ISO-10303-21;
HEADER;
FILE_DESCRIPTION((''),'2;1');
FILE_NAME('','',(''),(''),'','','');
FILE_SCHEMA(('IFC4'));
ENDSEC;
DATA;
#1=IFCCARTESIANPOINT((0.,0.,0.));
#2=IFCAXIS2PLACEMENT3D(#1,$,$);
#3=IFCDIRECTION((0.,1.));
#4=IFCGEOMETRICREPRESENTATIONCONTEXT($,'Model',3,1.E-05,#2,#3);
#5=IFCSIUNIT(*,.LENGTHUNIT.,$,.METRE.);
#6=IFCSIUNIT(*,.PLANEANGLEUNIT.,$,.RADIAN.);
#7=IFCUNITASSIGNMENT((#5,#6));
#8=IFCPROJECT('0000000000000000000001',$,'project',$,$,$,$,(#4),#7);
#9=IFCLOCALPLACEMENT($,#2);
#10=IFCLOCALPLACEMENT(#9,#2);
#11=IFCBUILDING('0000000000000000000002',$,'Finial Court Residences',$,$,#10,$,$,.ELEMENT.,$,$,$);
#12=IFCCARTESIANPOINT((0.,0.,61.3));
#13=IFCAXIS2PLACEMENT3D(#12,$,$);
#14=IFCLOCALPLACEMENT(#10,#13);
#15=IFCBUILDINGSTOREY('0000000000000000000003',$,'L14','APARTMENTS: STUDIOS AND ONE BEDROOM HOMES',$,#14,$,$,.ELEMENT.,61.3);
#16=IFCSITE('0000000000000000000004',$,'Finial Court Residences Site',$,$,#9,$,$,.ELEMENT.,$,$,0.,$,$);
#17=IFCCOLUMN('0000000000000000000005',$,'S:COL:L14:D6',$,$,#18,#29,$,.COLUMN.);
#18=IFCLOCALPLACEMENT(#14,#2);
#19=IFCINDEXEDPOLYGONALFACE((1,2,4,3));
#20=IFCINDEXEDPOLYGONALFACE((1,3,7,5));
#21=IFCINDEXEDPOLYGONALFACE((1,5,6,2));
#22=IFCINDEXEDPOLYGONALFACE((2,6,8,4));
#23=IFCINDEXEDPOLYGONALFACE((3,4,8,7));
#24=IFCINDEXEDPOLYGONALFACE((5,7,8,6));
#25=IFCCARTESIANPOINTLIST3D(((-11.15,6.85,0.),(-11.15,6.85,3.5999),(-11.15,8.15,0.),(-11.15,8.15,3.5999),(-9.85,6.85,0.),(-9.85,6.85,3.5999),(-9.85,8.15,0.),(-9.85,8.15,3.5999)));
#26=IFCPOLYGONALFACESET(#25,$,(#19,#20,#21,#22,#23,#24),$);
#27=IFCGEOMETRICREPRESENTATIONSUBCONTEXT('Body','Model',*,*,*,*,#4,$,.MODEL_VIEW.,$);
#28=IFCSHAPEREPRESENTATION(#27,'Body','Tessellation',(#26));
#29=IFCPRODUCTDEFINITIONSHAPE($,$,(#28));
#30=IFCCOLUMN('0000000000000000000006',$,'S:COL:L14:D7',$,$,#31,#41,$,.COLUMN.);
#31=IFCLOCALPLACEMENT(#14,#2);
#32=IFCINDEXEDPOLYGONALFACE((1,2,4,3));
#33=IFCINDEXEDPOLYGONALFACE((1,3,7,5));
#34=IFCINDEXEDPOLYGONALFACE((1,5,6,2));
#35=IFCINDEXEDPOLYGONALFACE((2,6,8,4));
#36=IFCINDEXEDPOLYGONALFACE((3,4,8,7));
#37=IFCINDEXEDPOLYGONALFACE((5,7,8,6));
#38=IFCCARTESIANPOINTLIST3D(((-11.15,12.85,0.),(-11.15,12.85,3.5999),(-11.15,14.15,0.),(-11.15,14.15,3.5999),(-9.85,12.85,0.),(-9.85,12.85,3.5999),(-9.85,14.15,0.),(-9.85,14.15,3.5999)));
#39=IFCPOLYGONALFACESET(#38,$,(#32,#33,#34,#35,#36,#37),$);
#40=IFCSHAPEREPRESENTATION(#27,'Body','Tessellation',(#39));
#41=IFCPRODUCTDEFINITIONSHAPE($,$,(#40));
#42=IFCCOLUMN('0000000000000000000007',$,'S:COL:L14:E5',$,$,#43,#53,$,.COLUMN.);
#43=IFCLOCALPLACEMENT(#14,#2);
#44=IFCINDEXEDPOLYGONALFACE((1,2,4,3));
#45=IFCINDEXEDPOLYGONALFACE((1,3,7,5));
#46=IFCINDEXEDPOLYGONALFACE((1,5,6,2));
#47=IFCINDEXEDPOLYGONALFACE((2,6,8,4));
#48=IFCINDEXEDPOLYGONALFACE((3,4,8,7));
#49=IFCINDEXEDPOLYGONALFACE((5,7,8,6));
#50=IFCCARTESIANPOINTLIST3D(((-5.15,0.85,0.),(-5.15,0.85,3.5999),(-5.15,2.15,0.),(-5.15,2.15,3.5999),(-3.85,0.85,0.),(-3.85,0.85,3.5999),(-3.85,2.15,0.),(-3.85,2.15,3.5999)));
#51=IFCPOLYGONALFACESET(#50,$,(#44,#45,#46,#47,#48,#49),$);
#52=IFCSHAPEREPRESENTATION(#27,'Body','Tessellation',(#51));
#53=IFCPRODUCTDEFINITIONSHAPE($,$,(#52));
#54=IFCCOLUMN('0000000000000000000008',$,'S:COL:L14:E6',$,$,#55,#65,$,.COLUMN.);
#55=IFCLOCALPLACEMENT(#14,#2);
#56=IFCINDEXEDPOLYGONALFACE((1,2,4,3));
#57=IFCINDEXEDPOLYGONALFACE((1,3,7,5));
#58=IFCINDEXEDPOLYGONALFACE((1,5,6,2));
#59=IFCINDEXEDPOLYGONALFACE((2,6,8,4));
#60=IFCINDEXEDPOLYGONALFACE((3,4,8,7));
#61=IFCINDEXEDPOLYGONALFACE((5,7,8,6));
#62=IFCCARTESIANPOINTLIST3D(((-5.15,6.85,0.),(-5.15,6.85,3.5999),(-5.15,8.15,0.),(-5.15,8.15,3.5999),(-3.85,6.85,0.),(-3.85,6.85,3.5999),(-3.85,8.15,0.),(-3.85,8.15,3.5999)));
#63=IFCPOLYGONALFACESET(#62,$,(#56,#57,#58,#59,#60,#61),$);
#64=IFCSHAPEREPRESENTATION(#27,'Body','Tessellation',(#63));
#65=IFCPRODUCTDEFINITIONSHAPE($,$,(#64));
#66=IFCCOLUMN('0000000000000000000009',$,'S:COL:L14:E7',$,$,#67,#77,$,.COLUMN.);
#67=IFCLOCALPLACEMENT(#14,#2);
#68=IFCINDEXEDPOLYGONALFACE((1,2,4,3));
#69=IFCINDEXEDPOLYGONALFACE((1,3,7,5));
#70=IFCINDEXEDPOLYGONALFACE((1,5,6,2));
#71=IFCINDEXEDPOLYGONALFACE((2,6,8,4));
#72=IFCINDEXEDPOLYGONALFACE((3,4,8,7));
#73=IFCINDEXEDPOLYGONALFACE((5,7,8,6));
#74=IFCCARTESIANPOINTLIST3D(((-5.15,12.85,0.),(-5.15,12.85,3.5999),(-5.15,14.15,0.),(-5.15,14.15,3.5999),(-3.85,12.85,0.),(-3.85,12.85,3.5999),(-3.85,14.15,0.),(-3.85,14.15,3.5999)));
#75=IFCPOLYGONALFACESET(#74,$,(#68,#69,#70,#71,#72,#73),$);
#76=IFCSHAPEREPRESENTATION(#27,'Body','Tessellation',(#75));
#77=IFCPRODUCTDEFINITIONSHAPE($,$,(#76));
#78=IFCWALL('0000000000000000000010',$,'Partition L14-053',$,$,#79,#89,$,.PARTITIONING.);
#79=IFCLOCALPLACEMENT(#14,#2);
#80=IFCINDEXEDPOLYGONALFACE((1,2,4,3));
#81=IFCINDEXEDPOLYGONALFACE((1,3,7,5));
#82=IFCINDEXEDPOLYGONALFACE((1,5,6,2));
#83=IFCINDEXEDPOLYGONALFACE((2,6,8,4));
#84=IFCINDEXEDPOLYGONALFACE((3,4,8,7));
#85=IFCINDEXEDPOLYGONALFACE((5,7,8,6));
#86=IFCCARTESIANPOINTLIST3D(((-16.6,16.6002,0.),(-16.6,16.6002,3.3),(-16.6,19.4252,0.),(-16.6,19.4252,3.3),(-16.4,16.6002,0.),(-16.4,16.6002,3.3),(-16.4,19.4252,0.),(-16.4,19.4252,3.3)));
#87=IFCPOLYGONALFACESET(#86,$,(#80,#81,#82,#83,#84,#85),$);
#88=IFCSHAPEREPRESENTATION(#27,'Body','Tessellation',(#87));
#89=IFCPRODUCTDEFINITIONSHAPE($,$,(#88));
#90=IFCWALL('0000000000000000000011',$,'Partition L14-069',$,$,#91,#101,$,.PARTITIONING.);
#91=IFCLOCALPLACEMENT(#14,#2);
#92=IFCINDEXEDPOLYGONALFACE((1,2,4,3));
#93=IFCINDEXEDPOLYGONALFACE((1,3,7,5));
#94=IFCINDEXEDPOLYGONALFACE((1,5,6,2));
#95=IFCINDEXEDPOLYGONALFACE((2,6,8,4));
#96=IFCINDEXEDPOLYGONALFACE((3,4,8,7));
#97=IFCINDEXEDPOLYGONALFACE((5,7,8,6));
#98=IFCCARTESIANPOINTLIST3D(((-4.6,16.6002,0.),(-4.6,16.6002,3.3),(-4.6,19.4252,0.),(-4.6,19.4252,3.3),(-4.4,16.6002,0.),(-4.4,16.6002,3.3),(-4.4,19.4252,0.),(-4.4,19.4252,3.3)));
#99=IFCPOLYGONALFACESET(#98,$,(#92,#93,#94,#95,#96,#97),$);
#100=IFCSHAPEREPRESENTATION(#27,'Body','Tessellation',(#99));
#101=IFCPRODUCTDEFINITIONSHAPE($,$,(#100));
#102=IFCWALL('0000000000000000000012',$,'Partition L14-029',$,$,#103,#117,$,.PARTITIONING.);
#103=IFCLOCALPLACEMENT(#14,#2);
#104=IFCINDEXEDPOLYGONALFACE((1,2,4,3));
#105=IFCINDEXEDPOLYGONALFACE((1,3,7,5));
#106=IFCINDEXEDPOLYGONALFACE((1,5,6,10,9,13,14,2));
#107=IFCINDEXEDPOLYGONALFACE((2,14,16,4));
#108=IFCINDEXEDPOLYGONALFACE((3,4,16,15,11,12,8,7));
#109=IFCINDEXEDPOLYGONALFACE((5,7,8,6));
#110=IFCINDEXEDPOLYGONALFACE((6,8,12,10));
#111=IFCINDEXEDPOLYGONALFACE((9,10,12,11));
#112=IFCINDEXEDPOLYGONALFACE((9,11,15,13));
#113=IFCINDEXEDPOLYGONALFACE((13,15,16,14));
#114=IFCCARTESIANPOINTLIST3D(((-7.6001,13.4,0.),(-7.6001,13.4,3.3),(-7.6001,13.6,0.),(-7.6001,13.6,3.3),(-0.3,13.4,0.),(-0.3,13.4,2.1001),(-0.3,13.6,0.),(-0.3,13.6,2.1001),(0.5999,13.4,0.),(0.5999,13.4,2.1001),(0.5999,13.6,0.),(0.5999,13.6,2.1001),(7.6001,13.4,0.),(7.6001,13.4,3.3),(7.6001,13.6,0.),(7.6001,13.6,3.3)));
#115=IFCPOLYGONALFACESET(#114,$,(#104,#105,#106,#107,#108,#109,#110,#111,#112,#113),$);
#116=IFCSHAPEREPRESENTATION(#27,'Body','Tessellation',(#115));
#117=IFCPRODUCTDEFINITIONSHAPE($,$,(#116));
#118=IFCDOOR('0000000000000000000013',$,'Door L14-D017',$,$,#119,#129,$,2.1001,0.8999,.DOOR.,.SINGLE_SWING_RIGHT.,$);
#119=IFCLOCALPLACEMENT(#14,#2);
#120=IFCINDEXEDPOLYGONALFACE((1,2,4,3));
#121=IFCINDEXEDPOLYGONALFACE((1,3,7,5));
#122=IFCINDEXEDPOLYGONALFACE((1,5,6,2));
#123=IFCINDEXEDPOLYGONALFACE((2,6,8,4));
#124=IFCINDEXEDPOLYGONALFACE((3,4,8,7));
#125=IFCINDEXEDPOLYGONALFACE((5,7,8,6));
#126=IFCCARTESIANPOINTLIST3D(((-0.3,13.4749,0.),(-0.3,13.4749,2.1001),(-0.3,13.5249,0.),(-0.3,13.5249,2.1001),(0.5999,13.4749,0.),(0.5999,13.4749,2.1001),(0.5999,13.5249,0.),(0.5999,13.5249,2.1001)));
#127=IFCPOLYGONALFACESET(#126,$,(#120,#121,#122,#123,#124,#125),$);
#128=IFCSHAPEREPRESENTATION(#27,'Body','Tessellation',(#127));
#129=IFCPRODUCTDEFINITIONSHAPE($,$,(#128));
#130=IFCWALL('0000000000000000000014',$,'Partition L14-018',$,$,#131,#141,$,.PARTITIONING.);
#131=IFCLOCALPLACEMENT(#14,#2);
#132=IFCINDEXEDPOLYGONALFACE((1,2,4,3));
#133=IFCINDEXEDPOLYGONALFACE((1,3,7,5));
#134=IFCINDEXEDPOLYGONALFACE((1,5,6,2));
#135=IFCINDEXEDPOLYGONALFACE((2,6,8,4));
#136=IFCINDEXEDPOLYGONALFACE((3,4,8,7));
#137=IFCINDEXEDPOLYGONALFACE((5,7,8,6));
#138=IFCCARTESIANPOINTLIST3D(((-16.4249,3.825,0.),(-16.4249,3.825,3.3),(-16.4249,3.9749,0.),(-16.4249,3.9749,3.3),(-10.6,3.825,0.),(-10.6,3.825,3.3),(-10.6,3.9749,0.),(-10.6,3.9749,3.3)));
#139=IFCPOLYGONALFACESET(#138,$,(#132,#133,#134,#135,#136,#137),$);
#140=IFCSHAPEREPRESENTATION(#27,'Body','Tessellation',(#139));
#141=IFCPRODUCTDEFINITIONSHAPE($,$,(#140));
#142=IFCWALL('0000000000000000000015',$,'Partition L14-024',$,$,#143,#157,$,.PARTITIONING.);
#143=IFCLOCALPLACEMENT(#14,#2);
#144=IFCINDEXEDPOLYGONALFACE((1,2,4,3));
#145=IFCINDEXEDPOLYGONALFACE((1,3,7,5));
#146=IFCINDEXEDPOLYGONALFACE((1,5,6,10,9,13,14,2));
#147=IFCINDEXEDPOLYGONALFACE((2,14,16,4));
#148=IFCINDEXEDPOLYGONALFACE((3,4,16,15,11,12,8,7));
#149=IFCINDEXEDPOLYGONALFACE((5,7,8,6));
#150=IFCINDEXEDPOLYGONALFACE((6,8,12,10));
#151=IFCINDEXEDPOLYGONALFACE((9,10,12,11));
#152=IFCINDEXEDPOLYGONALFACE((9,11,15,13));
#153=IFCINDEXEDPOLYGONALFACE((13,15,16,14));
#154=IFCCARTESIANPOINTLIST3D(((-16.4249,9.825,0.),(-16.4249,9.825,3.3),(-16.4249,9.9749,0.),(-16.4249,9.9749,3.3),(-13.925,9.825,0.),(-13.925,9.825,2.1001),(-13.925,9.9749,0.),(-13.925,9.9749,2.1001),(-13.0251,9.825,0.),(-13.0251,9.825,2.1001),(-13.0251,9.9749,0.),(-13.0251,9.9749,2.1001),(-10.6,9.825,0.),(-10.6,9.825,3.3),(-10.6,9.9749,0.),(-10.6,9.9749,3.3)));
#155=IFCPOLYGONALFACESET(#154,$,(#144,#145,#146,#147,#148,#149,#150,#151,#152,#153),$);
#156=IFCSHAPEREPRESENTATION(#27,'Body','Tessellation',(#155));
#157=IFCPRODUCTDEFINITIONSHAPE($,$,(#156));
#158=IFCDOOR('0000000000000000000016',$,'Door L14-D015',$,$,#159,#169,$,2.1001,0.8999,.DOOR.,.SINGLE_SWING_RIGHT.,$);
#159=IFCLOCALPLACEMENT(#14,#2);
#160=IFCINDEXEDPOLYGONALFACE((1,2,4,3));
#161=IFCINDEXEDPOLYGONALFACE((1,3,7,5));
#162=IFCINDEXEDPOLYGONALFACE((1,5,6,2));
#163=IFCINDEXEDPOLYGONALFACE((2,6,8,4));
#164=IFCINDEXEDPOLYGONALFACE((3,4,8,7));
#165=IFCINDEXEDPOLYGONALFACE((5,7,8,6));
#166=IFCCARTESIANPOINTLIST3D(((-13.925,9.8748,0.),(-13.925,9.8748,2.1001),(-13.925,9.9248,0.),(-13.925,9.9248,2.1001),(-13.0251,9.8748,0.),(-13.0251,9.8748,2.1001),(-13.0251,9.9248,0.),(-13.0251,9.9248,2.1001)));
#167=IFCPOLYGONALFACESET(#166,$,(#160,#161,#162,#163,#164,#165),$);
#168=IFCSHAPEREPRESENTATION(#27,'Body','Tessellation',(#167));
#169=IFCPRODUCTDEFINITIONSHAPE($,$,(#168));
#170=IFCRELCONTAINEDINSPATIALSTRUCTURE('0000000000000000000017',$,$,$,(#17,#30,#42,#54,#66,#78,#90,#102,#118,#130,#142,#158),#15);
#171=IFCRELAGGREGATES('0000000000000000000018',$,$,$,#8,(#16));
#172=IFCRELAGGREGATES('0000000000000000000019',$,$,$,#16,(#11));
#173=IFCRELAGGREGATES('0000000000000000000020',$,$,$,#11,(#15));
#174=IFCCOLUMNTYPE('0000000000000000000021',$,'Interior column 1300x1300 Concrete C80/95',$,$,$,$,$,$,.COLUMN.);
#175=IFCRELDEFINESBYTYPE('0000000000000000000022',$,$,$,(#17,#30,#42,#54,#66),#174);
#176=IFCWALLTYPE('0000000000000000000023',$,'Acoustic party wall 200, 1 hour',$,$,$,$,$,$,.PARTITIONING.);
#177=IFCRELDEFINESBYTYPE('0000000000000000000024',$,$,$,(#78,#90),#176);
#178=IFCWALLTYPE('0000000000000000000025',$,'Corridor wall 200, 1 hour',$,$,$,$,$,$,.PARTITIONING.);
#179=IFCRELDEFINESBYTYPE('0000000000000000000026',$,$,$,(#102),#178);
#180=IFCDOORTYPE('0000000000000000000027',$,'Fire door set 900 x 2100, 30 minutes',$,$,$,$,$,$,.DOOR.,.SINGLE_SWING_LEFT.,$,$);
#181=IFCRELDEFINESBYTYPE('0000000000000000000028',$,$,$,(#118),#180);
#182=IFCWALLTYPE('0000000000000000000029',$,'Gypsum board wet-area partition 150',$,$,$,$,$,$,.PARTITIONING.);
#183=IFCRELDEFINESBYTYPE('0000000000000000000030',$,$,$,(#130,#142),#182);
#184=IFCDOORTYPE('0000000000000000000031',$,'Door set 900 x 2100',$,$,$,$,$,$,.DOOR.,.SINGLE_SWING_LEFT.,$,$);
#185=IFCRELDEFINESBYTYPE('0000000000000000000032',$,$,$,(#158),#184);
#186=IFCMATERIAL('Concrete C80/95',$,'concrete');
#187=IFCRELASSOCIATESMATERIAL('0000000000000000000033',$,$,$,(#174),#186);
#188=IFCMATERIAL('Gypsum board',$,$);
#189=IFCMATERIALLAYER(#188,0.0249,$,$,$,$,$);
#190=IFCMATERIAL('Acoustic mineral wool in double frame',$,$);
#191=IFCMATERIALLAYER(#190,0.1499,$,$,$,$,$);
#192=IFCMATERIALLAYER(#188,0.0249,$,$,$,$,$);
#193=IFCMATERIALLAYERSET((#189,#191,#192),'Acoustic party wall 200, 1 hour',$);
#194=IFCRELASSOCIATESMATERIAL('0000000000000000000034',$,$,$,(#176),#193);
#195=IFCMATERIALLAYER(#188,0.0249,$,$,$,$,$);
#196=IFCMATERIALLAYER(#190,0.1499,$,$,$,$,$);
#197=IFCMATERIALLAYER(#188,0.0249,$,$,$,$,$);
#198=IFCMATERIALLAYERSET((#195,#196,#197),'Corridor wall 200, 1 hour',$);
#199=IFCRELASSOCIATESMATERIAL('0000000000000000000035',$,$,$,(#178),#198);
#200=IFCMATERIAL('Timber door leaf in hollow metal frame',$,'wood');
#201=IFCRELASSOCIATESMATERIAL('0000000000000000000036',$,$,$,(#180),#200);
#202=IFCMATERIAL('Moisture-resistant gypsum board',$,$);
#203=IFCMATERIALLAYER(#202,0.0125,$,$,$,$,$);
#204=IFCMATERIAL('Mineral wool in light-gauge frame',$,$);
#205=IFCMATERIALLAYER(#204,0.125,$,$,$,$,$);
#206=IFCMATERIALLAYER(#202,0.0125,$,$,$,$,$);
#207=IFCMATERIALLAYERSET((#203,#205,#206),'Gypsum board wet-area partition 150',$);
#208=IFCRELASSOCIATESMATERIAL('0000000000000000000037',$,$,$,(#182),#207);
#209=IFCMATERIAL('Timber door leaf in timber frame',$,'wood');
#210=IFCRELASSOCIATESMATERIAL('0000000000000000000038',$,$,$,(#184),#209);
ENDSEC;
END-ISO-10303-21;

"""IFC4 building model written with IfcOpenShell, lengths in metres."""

from ifc_helpers import new_model, si_unit, direction, frame, frame_2d, origin, origin_2d, place, context, subcontext, project, spatial, rectangle, extrude, material, layer, layer_set, material_profile, profile_set, type_object, element, fill, save


model = new_model("IFC4")

# Units and contexts
model_context = context("Model", 3, precision=1e-05, world=origin(), true_north=direction((0.0, 1.0)))
body_context = subcontext(model_context, "Body", "Model", "MODEL_VIEW")
ifc_project = project(units=[si_unit("LENGTHUNIT", "METRE"), si_unit("PLANEANGLEUNIT", "RADIAN")], contexts=[model_context])

# Site, building, storey
site_placement = place(None, origin())
site = spatial("IfcSite", under=ifc_project, at=site_placement, Name="Finial Court Residences Site", CompositionType="ELEMENT", RefElevation=0.0)
building_placement = place(site_placement, origin())
building = spatial("IfcBuilding", under=site, at=building_placement, Name="Finial Court Residences", CompositionType="ELEMENT")
storey_placement = place(building_placement, frame((0.0, 0.0, 61.3)))
storey = spatial("IfcBuildingStorey", under=building, at=storey_placement, Name="L14", Description="APARTMENTS: STUDIOS AND ONE BEDROOM HOMES", CompositionType="ELEMENT", Elevation=61.3)

# Columns
ifc_material_1 = material(Name="Concrete C80/95", Category="concrete")
ifc_material_profile = material_profile(ifc_material_1, rectangle(XDim=1.3, YDim=1.3, at=origin_2d()), Name="1300x1300")
ifc_profile_set = profile_set([ifc_material_profile], Name="Concrete C80/95")
column_type = type_object("IfcColumnType", Name="Interior column 1300x1300 Concrete C80/95", PredefinedType="COLUMN", material=ifc_profile_set)
for number, where, z_axis, x_axis, name in (
    (1, (-10.5, 7.5, 0.0), (0.0, 0.0, 1.0), (1.0, 0.0, 0.0), "S:COL:L14:D6"),
    (2, (-10.5, 13.5, 0.0), (0.0, 0.0, 1.0), (1.0, 0.0, 0.0), "S:COL:L14:D7"),
    (3, (-4.5, 1.5, 0.0), (0.0, 0.0, 1.0), (1.0, 0.0, 0.0), "S:COL:L14:E5"),
    (4, (-4.5, 7.5, 0.0), (0.0, 0.0, 1.0), (1.0, 0.0, 0.0), "S:COL:L14:E6"),
    (5, (-4.5, 13.5, 0.0), (0.0, 0.0, 1.0), (1.0, 0.0, 0.0), "S:COL:L14:E7"),
):
    element("IfcColumn", number, at=place(storey_placement, frame(where, z_axis=z_axis, x_axis=x_axis)), inside=storey, type_object=column_type, Name=name, PredefinedType="COLUMN", context=body_context, shape_type="SweptSolid", body=[
        extrude(rectangle(XDim=1.3, YDim=1.3, at=origin_2d()), origin(), (0.0, 0.0, 1.0), 3.5999),
    ])

# Walls
ifc_material_2 = material(Name="Gypsum board")
ifc_layer_1 = layer(ifc_material_2, 0.0249)
ifc_material_3 = material(Name="Acoustic mineral wool in double frame")
ifc_layer_2 = layer(ifc_material_3, 0.1499)
ifc_layer_3 = layer(ifc_material_2, 0.0249)
ifc_layer_set_1 = layer_set([ifc_layer_1, ifc_layer_2, ifc_layer_3], Name="Acoustic party wall 200, 1 hour")
wall_type_1 = type_object("IfcWallType", Name="Acoustic party wall 200, 1 hour", PredefinedType="PARTITIONING", material=ifc_layer_set_1)
for number, where, z_axis, x_axis, name in (
    (6, (-16.5, 16.6001, 0.0), (0.0, 0.0, 1.0), (0.0, 1.0, 0.0), "Partition L14-053"),
    (7, (-4.5, 16.6001, 0.0), (0.0, 0.0, 1.0), (0.0, 1.0, 0.0), "Partition L14-069"),
):
    element("IfcWall", number, at=place(storey_placement, frame(where, z_axis=z_axis, x_axis=x_axis)), inside=storey, type_object=wall_type_1, Name=name, PredefinedType="PARTITIONING", context=body_context, shape_type="SweptSolid", body=[
        extrude(rectangle(XDim=2.825, YDim=0.2, at=frame_2d((1.4126, 0.0))), origin(), (0.0, 0.0, 1.0), 3.3),
    ])

# Wall, opening, door
ifc_layer_4 = layer(ifc_material_2, 0.0249)
ifc_layer_5 = layer(ifc_material_3, 0.1499)
ifc_layer_6 = layer(ifc_material_2, 0.0249)
ifc_layer_set_2 = layer_set([ifc_layer_4, ifc_layer_5, ifc_layer_6], Name="Corridor wall 200, 1 hour")
wall_type_2 = type_object("IfcWallType", Name="Corridor wall 200, 1 hour", PredefinedType="PARTITIONING", material=ifc_layer_set_2)
wall_1_placement = place(storey_placement, frame((-7.6001, 13.5, 0.0), z_axis=(0.0, 0.0, 1.0), x_axis=(1.0, 0.0, 0.0)))
wall_1 = element("IfcWall", 8, at=wall_1_placement, inside=storey, type_object=wall_type_2, Name="Partition L14-029", PredefinedType="PARTITIONING", context=body_context, shape_type="SweptSolid", body=[
    extrude(rectangle(XDim=15.2002, YDim=0.2, at=frame_2d((7.6001, 0.0))), origin(), (0.0, 0.0, 1.0), 3.3),
])
opening_1_placement = place(wall_1_placement, frame((7.3, 0.0, 0.0)))
opening_1 = element("IfcOpeningElement", 9, at=opening_1_placement, cuts=wall_1, PredefinedType="OPENING", context=body_context, shape_type="SweptSolid", body=[
    extrude(rectangle(XDim=0.8999, YDim=2.1001, at=frame_2d((0.45, 1.05))), frame((0.0, 0.1099, 0.0), z_axis=(0.0, -1.0, 0.0), x_axis=(1.0, 0.0, 0.0)), (0.0, 0.0, 1.0), 0.22),
])
ifc_material_4 = material(Name="Timber door leaf in hollow metal frame", Category="wood")
door_type_1 = type_object("IfcDoorType", Name="Fire door set 900 x 2100, 30 minutes", OperationType="SINGLE_SWING_LEFT", PredefinedType="DOOR", material=ifc_material_4)
door_1_placement = place(opening_1_placement, origin())
door_1 = element("IfcDoor", 10, at=door_1_placement, inside=storey, type_object=door_type_1, Name="Door L14-D017", OperationType="SINGLE_SWING_RIGHT", OverallHeight=2.1001, OverallWidth=0.8999, PredefinedType="DOOR", context=body_context, shape_type="SweptSolid", body=[
    extrude(rectangle(XDim=0.8999, YDim=2.1001, at=frame_2d((0.45, 1.05))), frame((0.0, 0.0249, 0.0), z_axis=(0.0, -1.0, 0.0), x_axis=(1.0, 0.0, 0.0)), (0.0, 0.0, 1.0), 0.05),
])
fill(opening_1, door_1)

# Wall
ifc_material_5 = material(Name="Moisture-resistant gypsum board")
ifc_layer_7 = layer(ifc_material_5, 0.0125)
ifc_material_6 = material(Name="Mineral wool in light-gauge frame")
ifc_layer_8 = layer(ifc_material_6, 0.125)
ifc_layer_9 = layer(ifc_material_5, 0.0125)
ifc_layer_set_3 = layer_set([ifc_layer_7, ifc_layer_8, ifc_layer_9], Name="Gypsum board wet-area partition 150")
wall_type_3 = type_object("IfcWallType", Name="Gypsum board wet-area partition 150", PredefinedType="PARTITIONING", material=ifc_layer_set_3)
wall_2_placement = place(storey_placement, frame((-16.425, 3.8999, 0.0), z_axis=(0.0, 0.0, 1.0), x_axis=(1.0, 0.0, 0.0)))
element("IfcWall", 11, at=wall_2_placement, inside=storey, type_object=wall_type_3, Name="Partition L14-018", PredefinedType="PARTITIONING", context=body_context, shape_type="SweptSolid", body=[
    extrude(rectangle(XDim=5.825, YDim=0.1499, at=frame_2d((2.9126, 0.0))), origin(), (0.0, 0.0, 1.0), 3.3),
])

# Wall, opening, door
wall_3_placement = place(storey_placement, frame((-16.425, 9.8999, 0.0), z_axis=(0.0, 0.0, 1.0), x_axis=(1.0, 0.0, 0.0)))
wall_3 = element("IfcWall", 12, at=wall_3_placement, inside=storey, type_object=wall_type_3, Name="Partition L14-024", PredefinedType="PARTITIONING", context=body_context, shape_type="SweptSolid", body=[
    extrude(rectangle(XDim=5.825, YDim=0.1499, at=frame_2d((2.9126, 0.0))), origin(), (0.0, 0.0, 1.0), 3.3),
])
opening_2_placement = place(wall_3_placement, frame((2.5, 0.0, 0.0)))
opening_2 = element("IfcOpeningElement", 13, at=opening_2_placement, cuts=wall_3, PredefinedType="OPENING", context=body_context, shape_type="SweptSolid", body=[
    extrude(rectangle(XDim=0.8999, YDim=2.1001, at=frame_2d((0.45, 1.05))), frame((0.0, 0.085, 0.0), z_axis=(0.0, -1.0, 0.0), x_axis=(1.0, 0.0, 0.0)), (0.0, 0.0, 1.0), 0.1699),
])
ifc_material_7 = material(Name="Timber door leaf in timber frame", Category="wood")
door_type_2 = type_object("IfcDoorType", Name="Door set 900 x 2100", OperationType="SINGLE_SWING_LEFT", PredefinedType="DOOR", material=ifc_material_7)
door_2_placement = place(opening_2_placement, origin())
door_2 = element("IfcDoor", 14, at=door_2_placement, inside=storey, type_object=door_type_2, Name="Door L14-D015", OperationType="SINGLE_SWING_RIGHT", OverallHeight=2.1001, OverallWidth=0.8999, PredefinedType="DOOR", context=body_context, shape_type="SweptSolid", body=[
    extrude(rectangle(XDim=0.8999, YDim=2.1001, at=frame_2d((0.45, 1.05))), frame((0.0, 0.0249, 0.0), z_axis=(0.0, -1.0, 0.0), x_axis=(1.0, 0.0, 0.0)), (0.0, 0.0, 1.0), 0.05),
])
fill(opening_2, door_2)

save(model, "model.ifc")
